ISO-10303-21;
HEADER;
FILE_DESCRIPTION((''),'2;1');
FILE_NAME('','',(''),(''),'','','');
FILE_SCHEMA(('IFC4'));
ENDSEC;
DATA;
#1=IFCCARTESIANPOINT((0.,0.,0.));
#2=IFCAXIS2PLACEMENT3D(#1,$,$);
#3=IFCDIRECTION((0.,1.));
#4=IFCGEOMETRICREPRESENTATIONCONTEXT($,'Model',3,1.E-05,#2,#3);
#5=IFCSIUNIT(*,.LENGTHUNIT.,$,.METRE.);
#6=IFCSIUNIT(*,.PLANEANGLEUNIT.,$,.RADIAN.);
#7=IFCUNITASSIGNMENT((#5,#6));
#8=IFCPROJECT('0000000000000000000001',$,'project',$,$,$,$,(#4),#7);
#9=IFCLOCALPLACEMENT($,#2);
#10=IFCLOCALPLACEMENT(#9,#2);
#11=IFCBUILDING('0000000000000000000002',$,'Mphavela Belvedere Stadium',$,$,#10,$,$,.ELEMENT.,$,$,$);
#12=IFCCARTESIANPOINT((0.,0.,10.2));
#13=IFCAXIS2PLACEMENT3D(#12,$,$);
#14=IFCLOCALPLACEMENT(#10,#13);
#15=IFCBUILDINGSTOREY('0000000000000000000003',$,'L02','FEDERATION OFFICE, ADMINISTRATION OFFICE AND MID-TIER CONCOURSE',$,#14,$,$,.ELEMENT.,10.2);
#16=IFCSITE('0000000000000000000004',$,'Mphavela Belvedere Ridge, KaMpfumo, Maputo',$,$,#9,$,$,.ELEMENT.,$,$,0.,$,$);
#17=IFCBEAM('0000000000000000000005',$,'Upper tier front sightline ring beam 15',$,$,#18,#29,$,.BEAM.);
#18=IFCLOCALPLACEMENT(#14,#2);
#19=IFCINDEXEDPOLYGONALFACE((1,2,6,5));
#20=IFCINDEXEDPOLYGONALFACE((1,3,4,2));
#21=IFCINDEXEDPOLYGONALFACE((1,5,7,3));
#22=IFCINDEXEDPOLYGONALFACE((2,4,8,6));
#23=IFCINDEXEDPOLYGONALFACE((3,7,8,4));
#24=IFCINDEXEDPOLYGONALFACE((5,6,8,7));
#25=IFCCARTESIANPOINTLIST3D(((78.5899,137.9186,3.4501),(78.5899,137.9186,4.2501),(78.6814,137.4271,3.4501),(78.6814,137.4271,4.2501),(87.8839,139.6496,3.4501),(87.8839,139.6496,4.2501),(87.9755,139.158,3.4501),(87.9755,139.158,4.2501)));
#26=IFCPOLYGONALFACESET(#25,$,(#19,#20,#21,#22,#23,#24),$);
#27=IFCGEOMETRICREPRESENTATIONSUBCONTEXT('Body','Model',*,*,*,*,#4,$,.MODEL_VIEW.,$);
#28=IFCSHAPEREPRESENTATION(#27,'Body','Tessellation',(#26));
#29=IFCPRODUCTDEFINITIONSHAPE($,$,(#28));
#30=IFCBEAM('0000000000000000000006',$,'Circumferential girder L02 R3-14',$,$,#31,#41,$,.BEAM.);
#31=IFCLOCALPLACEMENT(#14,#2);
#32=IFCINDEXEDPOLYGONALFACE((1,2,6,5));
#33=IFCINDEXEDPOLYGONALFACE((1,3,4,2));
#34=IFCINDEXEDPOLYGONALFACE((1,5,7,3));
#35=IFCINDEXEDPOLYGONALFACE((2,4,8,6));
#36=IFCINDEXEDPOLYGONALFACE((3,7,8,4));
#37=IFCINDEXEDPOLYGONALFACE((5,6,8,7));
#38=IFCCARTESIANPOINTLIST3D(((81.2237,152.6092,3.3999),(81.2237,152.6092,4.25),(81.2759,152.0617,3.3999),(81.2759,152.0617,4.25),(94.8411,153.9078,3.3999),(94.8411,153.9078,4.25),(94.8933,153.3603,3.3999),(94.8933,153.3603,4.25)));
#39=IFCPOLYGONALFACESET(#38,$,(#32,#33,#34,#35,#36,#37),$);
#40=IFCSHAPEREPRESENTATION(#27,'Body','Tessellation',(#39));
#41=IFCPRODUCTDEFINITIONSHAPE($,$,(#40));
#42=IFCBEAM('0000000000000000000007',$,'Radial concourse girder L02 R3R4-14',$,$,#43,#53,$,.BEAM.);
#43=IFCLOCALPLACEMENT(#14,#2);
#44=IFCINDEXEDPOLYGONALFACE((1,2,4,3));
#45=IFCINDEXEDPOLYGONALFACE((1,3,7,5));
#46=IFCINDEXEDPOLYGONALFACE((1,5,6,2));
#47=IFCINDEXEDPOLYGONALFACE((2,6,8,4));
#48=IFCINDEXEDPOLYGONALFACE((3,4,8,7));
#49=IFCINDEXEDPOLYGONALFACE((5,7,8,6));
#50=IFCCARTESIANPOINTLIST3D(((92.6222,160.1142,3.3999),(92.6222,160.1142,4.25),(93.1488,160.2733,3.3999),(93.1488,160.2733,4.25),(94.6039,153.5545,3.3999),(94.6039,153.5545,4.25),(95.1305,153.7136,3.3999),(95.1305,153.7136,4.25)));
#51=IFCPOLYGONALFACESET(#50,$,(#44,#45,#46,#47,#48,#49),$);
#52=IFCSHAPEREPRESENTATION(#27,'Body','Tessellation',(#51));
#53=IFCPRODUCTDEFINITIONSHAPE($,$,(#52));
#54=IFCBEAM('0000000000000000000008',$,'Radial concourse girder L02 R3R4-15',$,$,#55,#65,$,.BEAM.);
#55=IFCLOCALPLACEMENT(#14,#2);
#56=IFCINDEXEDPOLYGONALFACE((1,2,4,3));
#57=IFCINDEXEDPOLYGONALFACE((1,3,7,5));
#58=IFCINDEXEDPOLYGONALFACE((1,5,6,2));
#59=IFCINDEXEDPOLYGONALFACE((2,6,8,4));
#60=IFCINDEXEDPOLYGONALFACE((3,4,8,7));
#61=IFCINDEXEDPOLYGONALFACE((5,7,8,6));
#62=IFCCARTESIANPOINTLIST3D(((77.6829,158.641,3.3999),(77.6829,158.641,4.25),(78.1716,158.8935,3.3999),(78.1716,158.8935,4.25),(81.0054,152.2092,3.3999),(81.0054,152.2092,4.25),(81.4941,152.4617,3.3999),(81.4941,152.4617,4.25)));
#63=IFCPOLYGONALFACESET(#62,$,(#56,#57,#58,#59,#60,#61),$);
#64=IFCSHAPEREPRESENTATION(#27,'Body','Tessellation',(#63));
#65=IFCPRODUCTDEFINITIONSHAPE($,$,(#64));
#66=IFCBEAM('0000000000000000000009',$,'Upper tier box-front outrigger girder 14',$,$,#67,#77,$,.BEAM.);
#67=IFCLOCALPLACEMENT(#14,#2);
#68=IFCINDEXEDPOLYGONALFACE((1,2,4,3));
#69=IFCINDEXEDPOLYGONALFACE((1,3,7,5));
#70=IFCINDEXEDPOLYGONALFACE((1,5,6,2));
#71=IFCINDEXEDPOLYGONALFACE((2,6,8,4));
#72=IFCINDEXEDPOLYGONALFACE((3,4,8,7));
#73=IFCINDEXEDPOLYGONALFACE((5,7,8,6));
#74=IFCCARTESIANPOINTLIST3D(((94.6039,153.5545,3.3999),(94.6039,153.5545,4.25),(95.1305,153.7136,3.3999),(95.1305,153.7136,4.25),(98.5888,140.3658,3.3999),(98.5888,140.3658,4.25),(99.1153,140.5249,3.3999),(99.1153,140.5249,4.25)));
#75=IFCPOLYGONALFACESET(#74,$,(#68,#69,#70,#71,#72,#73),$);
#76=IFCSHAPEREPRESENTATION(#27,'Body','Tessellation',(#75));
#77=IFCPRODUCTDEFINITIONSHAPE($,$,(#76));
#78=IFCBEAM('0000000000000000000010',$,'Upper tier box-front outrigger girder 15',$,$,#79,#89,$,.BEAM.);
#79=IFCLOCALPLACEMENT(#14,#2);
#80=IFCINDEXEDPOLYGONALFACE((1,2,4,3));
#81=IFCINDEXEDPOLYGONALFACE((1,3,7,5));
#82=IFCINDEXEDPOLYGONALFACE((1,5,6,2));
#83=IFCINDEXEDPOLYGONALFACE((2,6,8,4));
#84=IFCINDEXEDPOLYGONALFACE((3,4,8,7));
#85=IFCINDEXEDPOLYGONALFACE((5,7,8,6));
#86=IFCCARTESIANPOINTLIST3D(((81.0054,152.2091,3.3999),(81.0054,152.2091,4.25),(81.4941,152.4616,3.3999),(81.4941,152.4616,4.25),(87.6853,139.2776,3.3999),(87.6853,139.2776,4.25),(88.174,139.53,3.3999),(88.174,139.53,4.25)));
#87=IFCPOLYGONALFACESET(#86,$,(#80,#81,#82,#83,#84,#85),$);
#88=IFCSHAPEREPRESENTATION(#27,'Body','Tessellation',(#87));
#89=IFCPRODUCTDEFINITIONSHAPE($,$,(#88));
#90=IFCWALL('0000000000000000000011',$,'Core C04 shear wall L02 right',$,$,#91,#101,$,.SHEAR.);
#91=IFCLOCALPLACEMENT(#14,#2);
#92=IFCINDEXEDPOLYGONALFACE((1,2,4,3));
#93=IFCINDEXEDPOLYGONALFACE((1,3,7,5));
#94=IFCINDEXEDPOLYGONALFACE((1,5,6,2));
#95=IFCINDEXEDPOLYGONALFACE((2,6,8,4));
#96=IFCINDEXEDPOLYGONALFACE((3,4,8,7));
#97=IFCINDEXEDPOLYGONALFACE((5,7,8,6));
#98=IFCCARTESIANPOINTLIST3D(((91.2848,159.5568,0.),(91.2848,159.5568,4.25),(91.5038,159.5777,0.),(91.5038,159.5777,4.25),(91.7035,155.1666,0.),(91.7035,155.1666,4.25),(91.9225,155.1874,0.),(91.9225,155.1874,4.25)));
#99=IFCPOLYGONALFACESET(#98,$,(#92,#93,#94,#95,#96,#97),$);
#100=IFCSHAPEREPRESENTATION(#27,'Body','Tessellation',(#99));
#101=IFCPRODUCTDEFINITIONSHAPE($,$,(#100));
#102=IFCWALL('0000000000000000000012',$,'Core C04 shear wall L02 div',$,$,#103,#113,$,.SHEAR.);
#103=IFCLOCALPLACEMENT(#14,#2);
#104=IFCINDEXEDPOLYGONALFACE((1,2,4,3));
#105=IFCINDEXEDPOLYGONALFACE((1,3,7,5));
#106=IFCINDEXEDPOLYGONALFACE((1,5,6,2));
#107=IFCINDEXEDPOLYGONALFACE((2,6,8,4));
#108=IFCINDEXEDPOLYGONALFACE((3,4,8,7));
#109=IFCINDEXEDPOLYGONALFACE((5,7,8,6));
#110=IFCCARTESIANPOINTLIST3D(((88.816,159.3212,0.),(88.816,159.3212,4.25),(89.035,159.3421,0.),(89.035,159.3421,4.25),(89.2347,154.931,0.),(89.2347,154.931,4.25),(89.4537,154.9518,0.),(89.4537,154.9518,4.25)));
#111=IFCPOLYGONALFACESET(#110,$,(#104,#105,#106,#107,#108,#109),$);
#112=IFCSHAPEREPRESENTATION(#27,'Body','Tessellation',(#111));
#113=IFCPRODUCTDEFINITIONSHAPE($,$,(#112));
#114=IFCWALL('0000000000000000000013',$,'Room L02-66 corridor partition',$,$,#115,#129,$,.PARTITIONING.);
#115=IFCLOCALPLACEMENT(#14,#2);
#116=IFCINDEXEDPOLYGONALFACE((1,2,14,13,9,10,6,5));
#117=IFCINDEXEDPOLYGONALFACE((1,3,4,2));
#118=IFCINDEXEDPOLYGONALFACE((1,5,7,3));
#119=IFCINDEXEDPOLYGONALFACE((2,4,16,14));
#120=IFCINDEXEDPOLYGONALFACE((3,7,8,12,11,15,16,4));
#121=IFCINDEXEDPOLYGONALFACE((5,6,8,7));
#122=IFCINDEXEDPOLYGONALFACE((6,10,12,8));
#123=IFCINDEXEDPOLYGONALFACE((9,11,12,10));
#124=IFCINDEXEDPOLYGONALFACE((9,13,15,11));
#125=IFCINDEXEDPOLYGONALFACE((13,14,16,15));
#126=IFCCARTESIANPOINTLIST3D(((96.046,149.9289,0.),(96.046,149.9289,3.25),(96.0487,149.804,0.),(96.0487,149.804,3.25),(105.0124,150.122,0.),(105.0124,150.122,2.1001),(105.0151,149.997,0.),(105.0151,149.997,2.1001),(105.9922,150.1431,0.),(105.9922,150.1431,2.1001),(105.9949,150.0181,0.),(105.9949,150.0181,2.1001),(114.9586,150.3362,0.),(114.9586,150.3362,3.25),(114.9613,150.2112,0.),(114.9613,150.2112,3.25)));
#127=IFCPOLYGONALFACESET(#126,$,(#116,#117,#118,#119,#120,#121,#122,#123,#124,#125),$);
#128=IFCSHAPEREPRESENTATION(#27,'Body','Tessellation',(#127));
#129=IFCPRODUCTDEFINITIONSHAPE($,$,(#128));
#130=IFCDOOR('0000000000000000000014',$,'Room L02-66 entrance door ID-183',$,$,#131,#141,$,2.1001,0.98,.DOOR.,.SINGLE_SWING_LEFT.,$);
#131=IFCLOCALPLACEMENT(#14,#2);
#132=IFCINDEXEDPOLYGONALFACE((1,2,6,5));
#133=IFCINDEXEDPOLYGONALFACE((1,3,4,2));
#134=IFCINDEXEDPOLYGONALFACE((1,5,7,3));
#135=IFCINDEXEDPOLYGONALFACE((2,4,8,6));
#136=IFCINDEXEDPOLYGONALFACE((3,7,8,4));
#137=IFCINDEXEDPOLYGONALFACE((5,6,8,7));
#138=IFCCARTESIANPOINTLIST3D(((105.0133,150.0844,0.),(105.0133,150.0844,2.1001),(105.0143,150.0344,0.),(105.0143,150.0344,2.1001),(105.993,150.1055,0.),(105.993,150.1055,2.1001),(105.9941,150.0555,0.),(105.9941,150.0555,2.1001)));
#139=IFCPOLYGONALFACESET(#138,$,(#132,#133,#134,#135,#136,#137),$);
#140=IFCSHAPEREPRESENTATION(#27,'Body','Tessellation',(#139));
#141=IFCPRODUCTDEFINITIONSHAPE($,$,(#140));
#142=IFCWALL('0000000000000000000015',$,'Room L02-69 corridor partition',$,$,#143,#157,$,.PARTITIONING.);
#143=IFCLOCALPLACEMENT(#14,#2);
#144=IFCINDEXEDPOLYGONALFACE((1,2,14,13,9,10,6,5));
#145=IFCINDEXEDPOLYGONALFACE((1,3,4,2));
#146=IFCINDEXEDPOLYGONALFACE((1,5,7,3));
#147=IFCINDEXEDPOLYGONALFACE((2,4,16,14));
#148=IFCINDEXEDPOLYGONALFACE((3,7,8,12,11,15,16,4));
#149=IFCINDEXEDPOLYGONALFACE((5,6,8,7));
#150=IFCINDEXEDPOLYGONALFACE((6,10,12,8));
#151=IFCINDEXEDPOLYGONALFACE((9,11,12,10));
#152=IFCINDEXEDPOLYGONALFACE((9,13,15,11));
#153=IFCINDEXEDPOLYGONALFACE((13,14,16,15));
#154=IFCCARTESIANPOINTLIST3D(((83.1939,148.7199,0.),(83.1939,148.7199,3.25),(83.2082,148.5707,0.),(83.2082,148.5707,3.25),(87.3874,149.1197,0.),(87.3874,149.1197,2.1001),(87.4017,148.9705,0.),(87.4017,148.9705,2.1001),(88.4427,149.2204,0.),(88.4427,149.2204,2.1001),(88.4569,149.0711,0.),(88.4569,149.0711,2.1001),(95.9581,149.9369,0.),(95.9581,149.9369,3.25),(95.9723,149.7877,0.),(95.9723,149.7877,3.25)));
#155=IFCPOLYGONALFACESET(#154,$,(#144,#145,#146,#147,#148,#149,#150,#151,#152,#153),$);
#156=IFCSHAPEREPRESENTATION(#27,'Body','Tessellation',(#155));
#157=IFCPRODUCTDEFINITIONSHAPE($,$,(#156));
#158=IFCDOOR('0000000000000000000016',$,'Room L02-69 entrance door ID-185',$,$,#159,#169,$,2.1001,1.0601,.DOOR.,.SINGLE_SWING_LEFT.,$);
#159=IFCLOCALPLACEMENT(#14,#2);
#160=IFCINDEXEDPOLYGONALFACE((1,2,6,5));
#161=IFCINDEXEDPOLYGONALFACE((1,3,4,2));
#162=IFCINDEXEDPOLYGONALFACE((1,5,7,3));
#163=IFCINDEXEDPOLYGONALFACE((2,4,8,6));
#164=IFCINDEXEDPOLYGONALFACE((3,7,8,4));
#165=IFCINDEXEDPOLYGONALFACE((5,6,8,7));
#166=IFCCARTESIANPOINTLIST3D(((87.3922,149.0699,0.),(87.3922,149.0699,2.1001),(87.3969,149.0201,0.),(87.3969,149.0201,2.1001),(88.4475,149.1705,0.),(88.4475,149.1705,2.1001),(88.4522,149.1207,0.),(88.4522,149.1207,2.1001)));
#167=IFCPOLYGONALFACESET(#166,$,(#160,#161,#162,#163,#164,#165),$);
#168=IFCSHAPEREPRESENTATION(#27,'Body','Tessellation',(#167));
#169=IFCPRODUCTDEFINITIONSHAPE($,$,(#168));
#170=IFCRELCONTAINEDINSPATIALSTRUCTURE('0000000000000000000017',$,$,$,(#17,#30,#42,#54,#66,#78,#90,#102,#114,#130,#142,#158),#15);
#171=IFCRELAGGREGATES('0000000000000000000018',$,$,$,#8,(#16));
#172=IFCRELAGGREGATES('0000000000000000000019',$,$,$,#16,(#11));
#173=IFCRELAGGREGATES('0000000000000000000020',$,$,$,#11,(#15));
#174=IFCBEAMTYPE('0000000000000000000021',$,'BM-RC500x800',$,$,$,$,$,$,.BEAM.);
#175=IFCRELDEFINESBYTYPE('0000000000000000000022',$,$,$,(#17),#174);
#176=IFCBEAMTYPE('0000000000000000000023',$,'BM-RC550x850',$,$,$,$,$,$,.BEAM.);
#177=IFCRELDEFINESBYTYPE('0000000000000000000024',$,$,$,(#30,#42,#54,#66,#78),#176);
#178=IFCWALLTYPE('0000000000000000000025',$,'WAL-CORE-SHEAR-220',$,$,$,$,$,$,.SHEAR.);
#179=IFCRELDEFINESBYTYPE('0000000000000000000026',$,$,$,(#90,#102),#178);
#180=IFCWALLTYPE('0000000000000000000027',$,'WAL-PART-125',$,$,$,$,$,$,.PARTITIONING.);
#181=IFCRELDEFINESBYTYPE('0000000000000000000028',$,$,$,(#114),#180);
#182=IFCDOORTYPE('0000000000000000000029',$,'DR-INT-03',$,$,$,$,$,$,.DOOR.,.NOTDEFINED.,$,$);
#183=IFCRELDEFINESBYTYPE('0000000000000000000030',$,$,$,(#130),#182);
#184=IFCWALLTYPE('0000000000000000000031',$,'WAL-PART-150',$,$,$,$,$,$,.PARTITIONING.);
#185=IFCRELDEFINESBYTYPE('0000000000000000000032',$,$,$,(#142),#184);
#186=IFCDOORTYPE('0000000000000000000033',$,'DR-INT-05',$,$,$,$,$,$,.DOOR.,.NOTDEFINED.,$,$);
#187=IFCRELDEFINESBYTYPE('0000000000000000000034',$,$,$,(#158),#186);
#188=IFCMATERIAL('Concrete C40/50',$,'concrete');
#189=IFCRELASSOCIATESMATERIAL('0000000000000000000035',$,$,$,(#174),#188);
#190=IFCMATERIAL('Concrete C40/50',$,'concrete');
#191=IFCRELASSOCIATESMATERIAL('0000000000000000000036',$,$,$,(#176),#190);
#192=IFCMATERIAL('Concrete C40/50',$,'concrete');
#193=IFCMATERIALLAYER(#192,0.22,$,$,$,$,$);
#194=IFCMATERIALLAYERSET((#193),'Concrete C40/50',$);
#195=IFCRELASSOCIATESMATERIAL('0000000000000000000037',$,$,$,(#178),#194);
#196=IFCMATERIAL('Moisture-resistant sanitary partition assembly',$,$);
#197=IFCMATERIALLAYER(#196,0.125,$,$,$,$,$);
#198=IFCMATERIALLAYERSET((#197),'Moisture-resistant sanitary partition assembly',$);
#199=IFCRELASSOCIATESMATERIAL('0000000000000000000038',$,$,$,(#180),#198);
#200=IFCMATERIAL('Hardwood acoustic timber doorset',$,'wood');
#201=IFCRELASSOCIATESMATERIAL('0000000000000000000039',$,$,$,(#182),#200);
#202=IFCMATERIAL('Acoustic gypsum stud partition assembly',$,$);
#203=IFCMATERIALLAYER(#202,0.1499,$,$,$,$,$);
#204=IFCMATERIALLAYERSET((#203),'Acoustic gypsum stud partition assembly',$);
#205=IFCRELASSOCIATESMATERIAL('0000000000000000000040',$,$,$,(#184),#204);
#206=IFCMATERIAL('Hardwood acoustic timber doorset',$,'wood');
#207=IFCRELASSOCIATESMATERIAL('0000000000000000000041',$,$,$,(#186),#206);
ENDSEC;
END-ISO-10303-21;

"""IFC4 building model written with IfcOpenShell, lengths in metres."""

from ifc_helpers import new_model, si_unit, direction, frame, frame_2d, origin, origin_2d, place, context, subcontext, project, spatial, rectangle, extrude, material, layer, layer_set, material_profile, profile_set, type_object, element, fill, save


model = new_model("IFC4")

# Units and contexts
model_context = context("Model", 3, precision=1e-05, world=origin(), true_north=direction((0.0, 1.0)))
body_context = subcontext(model_context, "Body", "Model", "MODEL_VIEW")
ifc_project = project(units=[si_unit("LENGTHUNIT", "METRE"), si_unit("PLANEANGLEUNIT", "RADIAN")], contexts=[model_context])

# Site, building, storey
site_placement = place(None, origin())
site = spatial("IfcSite", under=ifc_project, at=site_placement, Name="Mphavela Belvedere Ridge, KaMpfumo, Maputo", CompositionType="ELEMENT", RefElevation=0.0)
building_placement = place(site_placement, origin())
building = spatial("IfcBuilding", under=site, at=building_placement, Name="Mphavela Belvedere Stadium", CompositionType="ELEMENT")
storey_placement = place(building_placement, frame((0.0, 0.0, 10.2)))
storey = spatial("IfcBuildingStorey", under=building, at=storey_placement, Name="L02", Description="FEDERATION OFFICE, ADMINISTRATION OFFICE AND MID-TIER CONCOURSE", CompositionType="ELEMENT", Elevation=10.2)

# Beams
ifc_material_1 = material(Name="Concrete C40/50", Category="concrete")
ifc_material_profile_1 = material_profile(ifc_material_1, rectangle(XDim=0.5, YDim=0.8, at=origin_2d()), Name="RC 500x800")
ifc_profile_set_1 = profile_set([ifc_material_profile_1], Name="Concrete C40/50")
beam_type_1 = type_object("IfcBeamType", Name="BM-RC500x800", PredefinedType="BEAM", material=ifc_profile_set_1)
beam_1_placement = place(storey_placement, frame((87.9297, 139.4038, 3.8501), z_axis=(-0.983095, -0.183097, 0.0), x_axis=(0.183097, -0.983095, 0.0)))
element("IfcBeam", 1, at=beam_1_placement, inside=storey, type_object=beam_type_1, Name="Upper tier front sightline ring beam 15", PredefinedType="BEAM", context=body_context, shape_type="SweptSolid", body=[
    extrude(rectangle(XDim=0.5, YDim=0.8, at=origin_2d()), origin(), (0.0, 0.0, 1.0), 9.4539),
])
ifc_material_2 = material(Name="Concrete C40/50", Category="concrete")
ifc_material_profile_2 = material_profile(ifc_material_2, rectangle(XDim=0.55, YDim=0.8501, at=origin_2d()), Name="RC 550x850")
ifc_profile_set_2 = profile_set([ifc_material_profile_2], Name="Concrete C40/50")
beam_type_2 = type_object("IfcBeamType", Name="BM-RC550x850", PredefinedType="BEAM", material=ifc_profile_set_2)
beam_2_placement = place(storey_placement, frame((94.8672, 153.634, 3.825), z_axis=(-0.995484, -0.094931, 0.0), x_axis=(0.094931, -0.995484, 0.0)))
element("IfcBeam", 2, at=beam_2_placement, inside=storey, type_object=beam_type_2, Name="Circumferential girder L02 R3-14", PredefinedType="BEAM", context=body_context, shape_type="SweptSolid", body=[
    extrude(rectangle(XDim=0.55, YDim=0.8501, at=origin_2d()), origin(), (0.0, 0.0, 1.0), 13.6792),
])
beam_3_placement = place(storey_placement, frame((94.8672, 153.634, 3.825), z_axis=(-0.289188, 0.957272, 0.0), x_axis=(-0.957272, -0.289188, 0.0)))
element("IfcBeam", 3, at=beam_3_placement, inside=storey, type_object=beam_type_2, Name="Radial concourse girder L02 R3R4-14", PredefinedType="BEAM", context=body_context, shape_type="SweptSolid", body=[
    extrude(rectangle(XDim=0.55, YDim=0.8501, at=origin_2d()), origin(), (0.0, 0.0, 1.0), 6.8525),
])
beam_4_placement = place(storey_placement, frame((81.2498, 152.3354, 3.825), z_axis=(-0.458951, 0.888461, 0.0), x_axis=(-0.888461, -0.458951, 0.0)))
element("IfcBeam", 4, at=beam_4_placement, inside=storey, type_object=beam_type_2, Name="Radial concourse girder L02 R3R4-15", PredefinedType="BEAM", context=body_context, shape_type="SweptSolid", body=[
    extrude(rectangle(XDim=0.55, YDim=0.8501, at=origin_2d()), origin(), (0.0, 0.0, 1.0), 7.2393),
])
beam_5_placement = place(storey_placement, frame((98.8521, 140.4453, 3.825), z_axis=(-0.289228, 0.95726, 0.0), x_axis=(-0.95726, -0.289228, 0.0)))
element("IfcBeam", 5, at=beam_5_placement, inside=storey, type_object=beam_type_2, Name="Upper tier box-front outrigger girder 14", PredefinedType="BEAM", context=body_context, shape_type="SweptSolid", body=[
    extrude(rectangle(XDim=0.55, YDim=0.8501, at=origin_2d()), origin(), (0.0, 0.0, 1.0), 13.7776),
])
beam_6_placement = place(storey_placement, frame((87.9297, 139.4038, 3.825), z_axis=(-0.458943, 0.888466, 0.0), x_axis=(-0.888466, -0.458943, 0.0)))
element("IfcBeam", 6, at=beam_6_placement, inside=storey, type_object=beam_type_2, Name="Upper tier box-front outrigger girder 15", PredefinedType="BEAM", context=body_context, shape_type="SweptSolid", body=[
    extrude(rectangle(XDim=0.55, YDim=0.8501, at=origin_2d()), origin(), (0.0, 0.0, 1.0), 14.5549),
])

# Walls
ifc_material_3 = material(Name="Concrete C40/50", Category="concrete")
ifc_layer_1 = layer(ifc_material_3, 0.22)
ifc_layer_set_1 = layer_set([ifc_layer_1], Name="Concrete C40/50")
wall_type_1 = type_object("IfcWallType", Name="WAL-CORE-SHEAR-220", PredefinedType="SHEAR", material=ifc_layer_set_1)
for number, where, z_axis, x_axis, name in (
    (7, (91.813, 155.177, 0.0), (0.0, 0.0, 1.0), (-0.094942, 0.995483, 0.0), "Core C04 shear wall L02 right"),
    (8, (89.3442, 154.9414, 0.0), (0.0, 0.0, 1.0), (-0.094942, 0.995483, 0.0), "Core C04 shear wall L02 div"),
):
    element("IfcWall", number, at=place(storey_placement, frame(where, z_axis=z_axis, x_axis=x_axis)), inside=storey, type_object=wall_type_1, Name=name, PredefinedType="SHEAR", context=body_context, shape_type="SweptSolid", body=[
        extrude(rectangle(XDim=4.4102, YDim=0.22, at=frame_2d((2.2051, 0.0))), origin(), (0.0, 0.0, 1.0), 4.25),
    ])

# Walls, openings, doors
ifc_material_4 = material(Name="Moisture-resistant sanitary partition assembly")
ifc_layer_2 = layer(ifc_material_4, 0.125)
ifc_layer_set_2 = layer_set([ifc_layer_2], Name="Moisture-resistant sanitary partition assembly")
wall_type_2 = type_object("IfcWallType", Name="WAL-PART-125", PredefinedType="PARTITIONING", material=ifc_layer_set_2)
wall_1_placement = place(storey_placement, frame((96.0474, 149.8665, 0.0), z_axis=(0.0, 0.0, 1.0), x_axis=(0.999768, 0.021527, 0.0)))
wall_1 = element("IfcWall", 9, at=wall_1_placement, inside=storey, type_object=wall_type_2, Name="Room L02-66 corridor partition", PredefinedType="PARTITIONING", context=body_context, shape_type="SweptSolid", body=[
    extrude(rectangle(XDim=18.917, YDim=0.125, at=frame_2d((9.4585, 0.0))), origin(), (0.0, 0.0, 1.0), 3.25),
])
opening_1_placement = place(wall_1_placement, frame((8.9685, 0.0, 0.0)))
opening_1 = element("IfcOpeningElement", 10, at=opening_1_placement, cuts=wall_1, PredefinedType="OPENING", context=body_context, shape_type="SweptSolid", body=[
    extrude(rectangle(XDim=0.98, YDim=2.1001, at=frame_2d((0.49, 1.05))), frame((0.0, 0.0725, 0.0), z_axis=(0.0, -1.0, 0.0), x_axis=(1.0, 0.0, 0.0)), (0.0, 0.0, 1.0), 0.145),
])
ifc_material_5 = material(Name="Hardwood acoustic timber doorset", Category="wood")
door_type_1 = type_object("IfcDoorType", Name="DR-INT-03", OperationType="NOTDEFINED", PredefinedType="DOOR", material=ifc_material_5)
door_1_placement = place(opening_1_placement, origin())
door_1 = element("IfcDoor", 11, at=door_1_placement, inside=storey, type_object=door_type_1, Name="Room L02-66 entrance door ID-183", OperationType="SINGLE_SWING_LEFT", OverallHeight=2.1001, OverallWidth=0.98, PredefinedType="DOOR", context=body_context, shape_type="SweptSolid", body=[
    extrude(rectangle(XDim=0.98, YDim=2.1001, at=frame_2d((0.49, 1.05))), frame((0.0, 0.0249, 0.0), z_axis=(0.0, -1.0, 0.0), x_axis=(1.0, 0.0, 0.0)), (0.0, 0.0, 1.0), 0.05),
])
fill(opening_1, door_1)
ifc_material_6 = material(Name="Acoustic gypsum stud partition assembly")
ifc_layer_3 = layer(ifc_material_6, 0.1499)
ifc_layer_set_3 = layer_set([ifc_layer_3], Name="Acoustic gypsum stud partition assembly")
wall_type_3 = type_object("IfcWallType", Name="WAL-PART-150", PredefinedType="PARTITIONING", material=ifc_layer_set_3)
wall_2_placement = place(storey_placement, frame((83.2009, 148.6453, 0.0), z_axis=(0.0, 0.0, 1.0), x_axis=(0.995485, 0.094918, 0.0)))
wall_2 = element("IfcWall", 12, at=wall_2_placement, inside=storey, type_object=wall_type_3, Name="Room L02-69 corridor partition", PredefinedType="PARTITIONING", context=body_context, shape_type="SweptSolid", body=[
    extrude(rectangle(XDim=12.822, YDim=0.1499, at=frame_2d((6.4111, 0.0))), origin(), (0.0, 0.0, 1.0), 3.25),
])
opening_2_placement = place(wall_2_placement, frame((4.2126, 0.0, 0.0)))
opening_2 = element("IfcOpeningElement", 13, at=opening_2_placement, cuts=wall_2, PredefinedType="OPENING", context=body_context, shape_type="SweptSolid", body=[
    extrude(rectangle(XDim=1.0601, YDim=2.1001, at=frame_2d((0.53, 1.05))), frame((0.0, 0.085, 0.0), z_axis=(0.0, -1.0, 0.0), x_axis=(1.0, 0.0, 0.0)), (0.0, 0.0, 1.0), 0.1699),
])
ifc_material_7 = material(Name="Hardwood acoustic timber doorset", Category="wood")
door_type_2 = type_object("IfcDoorType", Name="DR-INT-05", OperationType="NOTDEFINED", PredefinedType="DOOR", material=ifc_material_7)
door_2_placement = place(opening_2_placement, origin())
door_2 = element("IfcDoor", 14, at=door_2_placement, inside=storey, type_object=door_type_2, Name="Room L02-69 entrance door ID-185", OperationType="SINGLE_SWING_LEFT", OverallHeight=2.1001, OverallWidth=1.0601, PredefinedType="DOOR", context=body_context, shape_type="SweptSolid", body=[
    extrude(rectangle(XDim=1.0601, YDim=2.1001, at=frame_2d((0.53, 1.05))), frame((0.0, 0.0249, 0.0), z_axis=(0.0, -1.0, 0.0), x_axis=(1.0, 0.0, 0.0)), (0.0, 0.0, 1.0), 0.05),
])
fill(opening_2, door_2)

save(model, "model.ifc")
